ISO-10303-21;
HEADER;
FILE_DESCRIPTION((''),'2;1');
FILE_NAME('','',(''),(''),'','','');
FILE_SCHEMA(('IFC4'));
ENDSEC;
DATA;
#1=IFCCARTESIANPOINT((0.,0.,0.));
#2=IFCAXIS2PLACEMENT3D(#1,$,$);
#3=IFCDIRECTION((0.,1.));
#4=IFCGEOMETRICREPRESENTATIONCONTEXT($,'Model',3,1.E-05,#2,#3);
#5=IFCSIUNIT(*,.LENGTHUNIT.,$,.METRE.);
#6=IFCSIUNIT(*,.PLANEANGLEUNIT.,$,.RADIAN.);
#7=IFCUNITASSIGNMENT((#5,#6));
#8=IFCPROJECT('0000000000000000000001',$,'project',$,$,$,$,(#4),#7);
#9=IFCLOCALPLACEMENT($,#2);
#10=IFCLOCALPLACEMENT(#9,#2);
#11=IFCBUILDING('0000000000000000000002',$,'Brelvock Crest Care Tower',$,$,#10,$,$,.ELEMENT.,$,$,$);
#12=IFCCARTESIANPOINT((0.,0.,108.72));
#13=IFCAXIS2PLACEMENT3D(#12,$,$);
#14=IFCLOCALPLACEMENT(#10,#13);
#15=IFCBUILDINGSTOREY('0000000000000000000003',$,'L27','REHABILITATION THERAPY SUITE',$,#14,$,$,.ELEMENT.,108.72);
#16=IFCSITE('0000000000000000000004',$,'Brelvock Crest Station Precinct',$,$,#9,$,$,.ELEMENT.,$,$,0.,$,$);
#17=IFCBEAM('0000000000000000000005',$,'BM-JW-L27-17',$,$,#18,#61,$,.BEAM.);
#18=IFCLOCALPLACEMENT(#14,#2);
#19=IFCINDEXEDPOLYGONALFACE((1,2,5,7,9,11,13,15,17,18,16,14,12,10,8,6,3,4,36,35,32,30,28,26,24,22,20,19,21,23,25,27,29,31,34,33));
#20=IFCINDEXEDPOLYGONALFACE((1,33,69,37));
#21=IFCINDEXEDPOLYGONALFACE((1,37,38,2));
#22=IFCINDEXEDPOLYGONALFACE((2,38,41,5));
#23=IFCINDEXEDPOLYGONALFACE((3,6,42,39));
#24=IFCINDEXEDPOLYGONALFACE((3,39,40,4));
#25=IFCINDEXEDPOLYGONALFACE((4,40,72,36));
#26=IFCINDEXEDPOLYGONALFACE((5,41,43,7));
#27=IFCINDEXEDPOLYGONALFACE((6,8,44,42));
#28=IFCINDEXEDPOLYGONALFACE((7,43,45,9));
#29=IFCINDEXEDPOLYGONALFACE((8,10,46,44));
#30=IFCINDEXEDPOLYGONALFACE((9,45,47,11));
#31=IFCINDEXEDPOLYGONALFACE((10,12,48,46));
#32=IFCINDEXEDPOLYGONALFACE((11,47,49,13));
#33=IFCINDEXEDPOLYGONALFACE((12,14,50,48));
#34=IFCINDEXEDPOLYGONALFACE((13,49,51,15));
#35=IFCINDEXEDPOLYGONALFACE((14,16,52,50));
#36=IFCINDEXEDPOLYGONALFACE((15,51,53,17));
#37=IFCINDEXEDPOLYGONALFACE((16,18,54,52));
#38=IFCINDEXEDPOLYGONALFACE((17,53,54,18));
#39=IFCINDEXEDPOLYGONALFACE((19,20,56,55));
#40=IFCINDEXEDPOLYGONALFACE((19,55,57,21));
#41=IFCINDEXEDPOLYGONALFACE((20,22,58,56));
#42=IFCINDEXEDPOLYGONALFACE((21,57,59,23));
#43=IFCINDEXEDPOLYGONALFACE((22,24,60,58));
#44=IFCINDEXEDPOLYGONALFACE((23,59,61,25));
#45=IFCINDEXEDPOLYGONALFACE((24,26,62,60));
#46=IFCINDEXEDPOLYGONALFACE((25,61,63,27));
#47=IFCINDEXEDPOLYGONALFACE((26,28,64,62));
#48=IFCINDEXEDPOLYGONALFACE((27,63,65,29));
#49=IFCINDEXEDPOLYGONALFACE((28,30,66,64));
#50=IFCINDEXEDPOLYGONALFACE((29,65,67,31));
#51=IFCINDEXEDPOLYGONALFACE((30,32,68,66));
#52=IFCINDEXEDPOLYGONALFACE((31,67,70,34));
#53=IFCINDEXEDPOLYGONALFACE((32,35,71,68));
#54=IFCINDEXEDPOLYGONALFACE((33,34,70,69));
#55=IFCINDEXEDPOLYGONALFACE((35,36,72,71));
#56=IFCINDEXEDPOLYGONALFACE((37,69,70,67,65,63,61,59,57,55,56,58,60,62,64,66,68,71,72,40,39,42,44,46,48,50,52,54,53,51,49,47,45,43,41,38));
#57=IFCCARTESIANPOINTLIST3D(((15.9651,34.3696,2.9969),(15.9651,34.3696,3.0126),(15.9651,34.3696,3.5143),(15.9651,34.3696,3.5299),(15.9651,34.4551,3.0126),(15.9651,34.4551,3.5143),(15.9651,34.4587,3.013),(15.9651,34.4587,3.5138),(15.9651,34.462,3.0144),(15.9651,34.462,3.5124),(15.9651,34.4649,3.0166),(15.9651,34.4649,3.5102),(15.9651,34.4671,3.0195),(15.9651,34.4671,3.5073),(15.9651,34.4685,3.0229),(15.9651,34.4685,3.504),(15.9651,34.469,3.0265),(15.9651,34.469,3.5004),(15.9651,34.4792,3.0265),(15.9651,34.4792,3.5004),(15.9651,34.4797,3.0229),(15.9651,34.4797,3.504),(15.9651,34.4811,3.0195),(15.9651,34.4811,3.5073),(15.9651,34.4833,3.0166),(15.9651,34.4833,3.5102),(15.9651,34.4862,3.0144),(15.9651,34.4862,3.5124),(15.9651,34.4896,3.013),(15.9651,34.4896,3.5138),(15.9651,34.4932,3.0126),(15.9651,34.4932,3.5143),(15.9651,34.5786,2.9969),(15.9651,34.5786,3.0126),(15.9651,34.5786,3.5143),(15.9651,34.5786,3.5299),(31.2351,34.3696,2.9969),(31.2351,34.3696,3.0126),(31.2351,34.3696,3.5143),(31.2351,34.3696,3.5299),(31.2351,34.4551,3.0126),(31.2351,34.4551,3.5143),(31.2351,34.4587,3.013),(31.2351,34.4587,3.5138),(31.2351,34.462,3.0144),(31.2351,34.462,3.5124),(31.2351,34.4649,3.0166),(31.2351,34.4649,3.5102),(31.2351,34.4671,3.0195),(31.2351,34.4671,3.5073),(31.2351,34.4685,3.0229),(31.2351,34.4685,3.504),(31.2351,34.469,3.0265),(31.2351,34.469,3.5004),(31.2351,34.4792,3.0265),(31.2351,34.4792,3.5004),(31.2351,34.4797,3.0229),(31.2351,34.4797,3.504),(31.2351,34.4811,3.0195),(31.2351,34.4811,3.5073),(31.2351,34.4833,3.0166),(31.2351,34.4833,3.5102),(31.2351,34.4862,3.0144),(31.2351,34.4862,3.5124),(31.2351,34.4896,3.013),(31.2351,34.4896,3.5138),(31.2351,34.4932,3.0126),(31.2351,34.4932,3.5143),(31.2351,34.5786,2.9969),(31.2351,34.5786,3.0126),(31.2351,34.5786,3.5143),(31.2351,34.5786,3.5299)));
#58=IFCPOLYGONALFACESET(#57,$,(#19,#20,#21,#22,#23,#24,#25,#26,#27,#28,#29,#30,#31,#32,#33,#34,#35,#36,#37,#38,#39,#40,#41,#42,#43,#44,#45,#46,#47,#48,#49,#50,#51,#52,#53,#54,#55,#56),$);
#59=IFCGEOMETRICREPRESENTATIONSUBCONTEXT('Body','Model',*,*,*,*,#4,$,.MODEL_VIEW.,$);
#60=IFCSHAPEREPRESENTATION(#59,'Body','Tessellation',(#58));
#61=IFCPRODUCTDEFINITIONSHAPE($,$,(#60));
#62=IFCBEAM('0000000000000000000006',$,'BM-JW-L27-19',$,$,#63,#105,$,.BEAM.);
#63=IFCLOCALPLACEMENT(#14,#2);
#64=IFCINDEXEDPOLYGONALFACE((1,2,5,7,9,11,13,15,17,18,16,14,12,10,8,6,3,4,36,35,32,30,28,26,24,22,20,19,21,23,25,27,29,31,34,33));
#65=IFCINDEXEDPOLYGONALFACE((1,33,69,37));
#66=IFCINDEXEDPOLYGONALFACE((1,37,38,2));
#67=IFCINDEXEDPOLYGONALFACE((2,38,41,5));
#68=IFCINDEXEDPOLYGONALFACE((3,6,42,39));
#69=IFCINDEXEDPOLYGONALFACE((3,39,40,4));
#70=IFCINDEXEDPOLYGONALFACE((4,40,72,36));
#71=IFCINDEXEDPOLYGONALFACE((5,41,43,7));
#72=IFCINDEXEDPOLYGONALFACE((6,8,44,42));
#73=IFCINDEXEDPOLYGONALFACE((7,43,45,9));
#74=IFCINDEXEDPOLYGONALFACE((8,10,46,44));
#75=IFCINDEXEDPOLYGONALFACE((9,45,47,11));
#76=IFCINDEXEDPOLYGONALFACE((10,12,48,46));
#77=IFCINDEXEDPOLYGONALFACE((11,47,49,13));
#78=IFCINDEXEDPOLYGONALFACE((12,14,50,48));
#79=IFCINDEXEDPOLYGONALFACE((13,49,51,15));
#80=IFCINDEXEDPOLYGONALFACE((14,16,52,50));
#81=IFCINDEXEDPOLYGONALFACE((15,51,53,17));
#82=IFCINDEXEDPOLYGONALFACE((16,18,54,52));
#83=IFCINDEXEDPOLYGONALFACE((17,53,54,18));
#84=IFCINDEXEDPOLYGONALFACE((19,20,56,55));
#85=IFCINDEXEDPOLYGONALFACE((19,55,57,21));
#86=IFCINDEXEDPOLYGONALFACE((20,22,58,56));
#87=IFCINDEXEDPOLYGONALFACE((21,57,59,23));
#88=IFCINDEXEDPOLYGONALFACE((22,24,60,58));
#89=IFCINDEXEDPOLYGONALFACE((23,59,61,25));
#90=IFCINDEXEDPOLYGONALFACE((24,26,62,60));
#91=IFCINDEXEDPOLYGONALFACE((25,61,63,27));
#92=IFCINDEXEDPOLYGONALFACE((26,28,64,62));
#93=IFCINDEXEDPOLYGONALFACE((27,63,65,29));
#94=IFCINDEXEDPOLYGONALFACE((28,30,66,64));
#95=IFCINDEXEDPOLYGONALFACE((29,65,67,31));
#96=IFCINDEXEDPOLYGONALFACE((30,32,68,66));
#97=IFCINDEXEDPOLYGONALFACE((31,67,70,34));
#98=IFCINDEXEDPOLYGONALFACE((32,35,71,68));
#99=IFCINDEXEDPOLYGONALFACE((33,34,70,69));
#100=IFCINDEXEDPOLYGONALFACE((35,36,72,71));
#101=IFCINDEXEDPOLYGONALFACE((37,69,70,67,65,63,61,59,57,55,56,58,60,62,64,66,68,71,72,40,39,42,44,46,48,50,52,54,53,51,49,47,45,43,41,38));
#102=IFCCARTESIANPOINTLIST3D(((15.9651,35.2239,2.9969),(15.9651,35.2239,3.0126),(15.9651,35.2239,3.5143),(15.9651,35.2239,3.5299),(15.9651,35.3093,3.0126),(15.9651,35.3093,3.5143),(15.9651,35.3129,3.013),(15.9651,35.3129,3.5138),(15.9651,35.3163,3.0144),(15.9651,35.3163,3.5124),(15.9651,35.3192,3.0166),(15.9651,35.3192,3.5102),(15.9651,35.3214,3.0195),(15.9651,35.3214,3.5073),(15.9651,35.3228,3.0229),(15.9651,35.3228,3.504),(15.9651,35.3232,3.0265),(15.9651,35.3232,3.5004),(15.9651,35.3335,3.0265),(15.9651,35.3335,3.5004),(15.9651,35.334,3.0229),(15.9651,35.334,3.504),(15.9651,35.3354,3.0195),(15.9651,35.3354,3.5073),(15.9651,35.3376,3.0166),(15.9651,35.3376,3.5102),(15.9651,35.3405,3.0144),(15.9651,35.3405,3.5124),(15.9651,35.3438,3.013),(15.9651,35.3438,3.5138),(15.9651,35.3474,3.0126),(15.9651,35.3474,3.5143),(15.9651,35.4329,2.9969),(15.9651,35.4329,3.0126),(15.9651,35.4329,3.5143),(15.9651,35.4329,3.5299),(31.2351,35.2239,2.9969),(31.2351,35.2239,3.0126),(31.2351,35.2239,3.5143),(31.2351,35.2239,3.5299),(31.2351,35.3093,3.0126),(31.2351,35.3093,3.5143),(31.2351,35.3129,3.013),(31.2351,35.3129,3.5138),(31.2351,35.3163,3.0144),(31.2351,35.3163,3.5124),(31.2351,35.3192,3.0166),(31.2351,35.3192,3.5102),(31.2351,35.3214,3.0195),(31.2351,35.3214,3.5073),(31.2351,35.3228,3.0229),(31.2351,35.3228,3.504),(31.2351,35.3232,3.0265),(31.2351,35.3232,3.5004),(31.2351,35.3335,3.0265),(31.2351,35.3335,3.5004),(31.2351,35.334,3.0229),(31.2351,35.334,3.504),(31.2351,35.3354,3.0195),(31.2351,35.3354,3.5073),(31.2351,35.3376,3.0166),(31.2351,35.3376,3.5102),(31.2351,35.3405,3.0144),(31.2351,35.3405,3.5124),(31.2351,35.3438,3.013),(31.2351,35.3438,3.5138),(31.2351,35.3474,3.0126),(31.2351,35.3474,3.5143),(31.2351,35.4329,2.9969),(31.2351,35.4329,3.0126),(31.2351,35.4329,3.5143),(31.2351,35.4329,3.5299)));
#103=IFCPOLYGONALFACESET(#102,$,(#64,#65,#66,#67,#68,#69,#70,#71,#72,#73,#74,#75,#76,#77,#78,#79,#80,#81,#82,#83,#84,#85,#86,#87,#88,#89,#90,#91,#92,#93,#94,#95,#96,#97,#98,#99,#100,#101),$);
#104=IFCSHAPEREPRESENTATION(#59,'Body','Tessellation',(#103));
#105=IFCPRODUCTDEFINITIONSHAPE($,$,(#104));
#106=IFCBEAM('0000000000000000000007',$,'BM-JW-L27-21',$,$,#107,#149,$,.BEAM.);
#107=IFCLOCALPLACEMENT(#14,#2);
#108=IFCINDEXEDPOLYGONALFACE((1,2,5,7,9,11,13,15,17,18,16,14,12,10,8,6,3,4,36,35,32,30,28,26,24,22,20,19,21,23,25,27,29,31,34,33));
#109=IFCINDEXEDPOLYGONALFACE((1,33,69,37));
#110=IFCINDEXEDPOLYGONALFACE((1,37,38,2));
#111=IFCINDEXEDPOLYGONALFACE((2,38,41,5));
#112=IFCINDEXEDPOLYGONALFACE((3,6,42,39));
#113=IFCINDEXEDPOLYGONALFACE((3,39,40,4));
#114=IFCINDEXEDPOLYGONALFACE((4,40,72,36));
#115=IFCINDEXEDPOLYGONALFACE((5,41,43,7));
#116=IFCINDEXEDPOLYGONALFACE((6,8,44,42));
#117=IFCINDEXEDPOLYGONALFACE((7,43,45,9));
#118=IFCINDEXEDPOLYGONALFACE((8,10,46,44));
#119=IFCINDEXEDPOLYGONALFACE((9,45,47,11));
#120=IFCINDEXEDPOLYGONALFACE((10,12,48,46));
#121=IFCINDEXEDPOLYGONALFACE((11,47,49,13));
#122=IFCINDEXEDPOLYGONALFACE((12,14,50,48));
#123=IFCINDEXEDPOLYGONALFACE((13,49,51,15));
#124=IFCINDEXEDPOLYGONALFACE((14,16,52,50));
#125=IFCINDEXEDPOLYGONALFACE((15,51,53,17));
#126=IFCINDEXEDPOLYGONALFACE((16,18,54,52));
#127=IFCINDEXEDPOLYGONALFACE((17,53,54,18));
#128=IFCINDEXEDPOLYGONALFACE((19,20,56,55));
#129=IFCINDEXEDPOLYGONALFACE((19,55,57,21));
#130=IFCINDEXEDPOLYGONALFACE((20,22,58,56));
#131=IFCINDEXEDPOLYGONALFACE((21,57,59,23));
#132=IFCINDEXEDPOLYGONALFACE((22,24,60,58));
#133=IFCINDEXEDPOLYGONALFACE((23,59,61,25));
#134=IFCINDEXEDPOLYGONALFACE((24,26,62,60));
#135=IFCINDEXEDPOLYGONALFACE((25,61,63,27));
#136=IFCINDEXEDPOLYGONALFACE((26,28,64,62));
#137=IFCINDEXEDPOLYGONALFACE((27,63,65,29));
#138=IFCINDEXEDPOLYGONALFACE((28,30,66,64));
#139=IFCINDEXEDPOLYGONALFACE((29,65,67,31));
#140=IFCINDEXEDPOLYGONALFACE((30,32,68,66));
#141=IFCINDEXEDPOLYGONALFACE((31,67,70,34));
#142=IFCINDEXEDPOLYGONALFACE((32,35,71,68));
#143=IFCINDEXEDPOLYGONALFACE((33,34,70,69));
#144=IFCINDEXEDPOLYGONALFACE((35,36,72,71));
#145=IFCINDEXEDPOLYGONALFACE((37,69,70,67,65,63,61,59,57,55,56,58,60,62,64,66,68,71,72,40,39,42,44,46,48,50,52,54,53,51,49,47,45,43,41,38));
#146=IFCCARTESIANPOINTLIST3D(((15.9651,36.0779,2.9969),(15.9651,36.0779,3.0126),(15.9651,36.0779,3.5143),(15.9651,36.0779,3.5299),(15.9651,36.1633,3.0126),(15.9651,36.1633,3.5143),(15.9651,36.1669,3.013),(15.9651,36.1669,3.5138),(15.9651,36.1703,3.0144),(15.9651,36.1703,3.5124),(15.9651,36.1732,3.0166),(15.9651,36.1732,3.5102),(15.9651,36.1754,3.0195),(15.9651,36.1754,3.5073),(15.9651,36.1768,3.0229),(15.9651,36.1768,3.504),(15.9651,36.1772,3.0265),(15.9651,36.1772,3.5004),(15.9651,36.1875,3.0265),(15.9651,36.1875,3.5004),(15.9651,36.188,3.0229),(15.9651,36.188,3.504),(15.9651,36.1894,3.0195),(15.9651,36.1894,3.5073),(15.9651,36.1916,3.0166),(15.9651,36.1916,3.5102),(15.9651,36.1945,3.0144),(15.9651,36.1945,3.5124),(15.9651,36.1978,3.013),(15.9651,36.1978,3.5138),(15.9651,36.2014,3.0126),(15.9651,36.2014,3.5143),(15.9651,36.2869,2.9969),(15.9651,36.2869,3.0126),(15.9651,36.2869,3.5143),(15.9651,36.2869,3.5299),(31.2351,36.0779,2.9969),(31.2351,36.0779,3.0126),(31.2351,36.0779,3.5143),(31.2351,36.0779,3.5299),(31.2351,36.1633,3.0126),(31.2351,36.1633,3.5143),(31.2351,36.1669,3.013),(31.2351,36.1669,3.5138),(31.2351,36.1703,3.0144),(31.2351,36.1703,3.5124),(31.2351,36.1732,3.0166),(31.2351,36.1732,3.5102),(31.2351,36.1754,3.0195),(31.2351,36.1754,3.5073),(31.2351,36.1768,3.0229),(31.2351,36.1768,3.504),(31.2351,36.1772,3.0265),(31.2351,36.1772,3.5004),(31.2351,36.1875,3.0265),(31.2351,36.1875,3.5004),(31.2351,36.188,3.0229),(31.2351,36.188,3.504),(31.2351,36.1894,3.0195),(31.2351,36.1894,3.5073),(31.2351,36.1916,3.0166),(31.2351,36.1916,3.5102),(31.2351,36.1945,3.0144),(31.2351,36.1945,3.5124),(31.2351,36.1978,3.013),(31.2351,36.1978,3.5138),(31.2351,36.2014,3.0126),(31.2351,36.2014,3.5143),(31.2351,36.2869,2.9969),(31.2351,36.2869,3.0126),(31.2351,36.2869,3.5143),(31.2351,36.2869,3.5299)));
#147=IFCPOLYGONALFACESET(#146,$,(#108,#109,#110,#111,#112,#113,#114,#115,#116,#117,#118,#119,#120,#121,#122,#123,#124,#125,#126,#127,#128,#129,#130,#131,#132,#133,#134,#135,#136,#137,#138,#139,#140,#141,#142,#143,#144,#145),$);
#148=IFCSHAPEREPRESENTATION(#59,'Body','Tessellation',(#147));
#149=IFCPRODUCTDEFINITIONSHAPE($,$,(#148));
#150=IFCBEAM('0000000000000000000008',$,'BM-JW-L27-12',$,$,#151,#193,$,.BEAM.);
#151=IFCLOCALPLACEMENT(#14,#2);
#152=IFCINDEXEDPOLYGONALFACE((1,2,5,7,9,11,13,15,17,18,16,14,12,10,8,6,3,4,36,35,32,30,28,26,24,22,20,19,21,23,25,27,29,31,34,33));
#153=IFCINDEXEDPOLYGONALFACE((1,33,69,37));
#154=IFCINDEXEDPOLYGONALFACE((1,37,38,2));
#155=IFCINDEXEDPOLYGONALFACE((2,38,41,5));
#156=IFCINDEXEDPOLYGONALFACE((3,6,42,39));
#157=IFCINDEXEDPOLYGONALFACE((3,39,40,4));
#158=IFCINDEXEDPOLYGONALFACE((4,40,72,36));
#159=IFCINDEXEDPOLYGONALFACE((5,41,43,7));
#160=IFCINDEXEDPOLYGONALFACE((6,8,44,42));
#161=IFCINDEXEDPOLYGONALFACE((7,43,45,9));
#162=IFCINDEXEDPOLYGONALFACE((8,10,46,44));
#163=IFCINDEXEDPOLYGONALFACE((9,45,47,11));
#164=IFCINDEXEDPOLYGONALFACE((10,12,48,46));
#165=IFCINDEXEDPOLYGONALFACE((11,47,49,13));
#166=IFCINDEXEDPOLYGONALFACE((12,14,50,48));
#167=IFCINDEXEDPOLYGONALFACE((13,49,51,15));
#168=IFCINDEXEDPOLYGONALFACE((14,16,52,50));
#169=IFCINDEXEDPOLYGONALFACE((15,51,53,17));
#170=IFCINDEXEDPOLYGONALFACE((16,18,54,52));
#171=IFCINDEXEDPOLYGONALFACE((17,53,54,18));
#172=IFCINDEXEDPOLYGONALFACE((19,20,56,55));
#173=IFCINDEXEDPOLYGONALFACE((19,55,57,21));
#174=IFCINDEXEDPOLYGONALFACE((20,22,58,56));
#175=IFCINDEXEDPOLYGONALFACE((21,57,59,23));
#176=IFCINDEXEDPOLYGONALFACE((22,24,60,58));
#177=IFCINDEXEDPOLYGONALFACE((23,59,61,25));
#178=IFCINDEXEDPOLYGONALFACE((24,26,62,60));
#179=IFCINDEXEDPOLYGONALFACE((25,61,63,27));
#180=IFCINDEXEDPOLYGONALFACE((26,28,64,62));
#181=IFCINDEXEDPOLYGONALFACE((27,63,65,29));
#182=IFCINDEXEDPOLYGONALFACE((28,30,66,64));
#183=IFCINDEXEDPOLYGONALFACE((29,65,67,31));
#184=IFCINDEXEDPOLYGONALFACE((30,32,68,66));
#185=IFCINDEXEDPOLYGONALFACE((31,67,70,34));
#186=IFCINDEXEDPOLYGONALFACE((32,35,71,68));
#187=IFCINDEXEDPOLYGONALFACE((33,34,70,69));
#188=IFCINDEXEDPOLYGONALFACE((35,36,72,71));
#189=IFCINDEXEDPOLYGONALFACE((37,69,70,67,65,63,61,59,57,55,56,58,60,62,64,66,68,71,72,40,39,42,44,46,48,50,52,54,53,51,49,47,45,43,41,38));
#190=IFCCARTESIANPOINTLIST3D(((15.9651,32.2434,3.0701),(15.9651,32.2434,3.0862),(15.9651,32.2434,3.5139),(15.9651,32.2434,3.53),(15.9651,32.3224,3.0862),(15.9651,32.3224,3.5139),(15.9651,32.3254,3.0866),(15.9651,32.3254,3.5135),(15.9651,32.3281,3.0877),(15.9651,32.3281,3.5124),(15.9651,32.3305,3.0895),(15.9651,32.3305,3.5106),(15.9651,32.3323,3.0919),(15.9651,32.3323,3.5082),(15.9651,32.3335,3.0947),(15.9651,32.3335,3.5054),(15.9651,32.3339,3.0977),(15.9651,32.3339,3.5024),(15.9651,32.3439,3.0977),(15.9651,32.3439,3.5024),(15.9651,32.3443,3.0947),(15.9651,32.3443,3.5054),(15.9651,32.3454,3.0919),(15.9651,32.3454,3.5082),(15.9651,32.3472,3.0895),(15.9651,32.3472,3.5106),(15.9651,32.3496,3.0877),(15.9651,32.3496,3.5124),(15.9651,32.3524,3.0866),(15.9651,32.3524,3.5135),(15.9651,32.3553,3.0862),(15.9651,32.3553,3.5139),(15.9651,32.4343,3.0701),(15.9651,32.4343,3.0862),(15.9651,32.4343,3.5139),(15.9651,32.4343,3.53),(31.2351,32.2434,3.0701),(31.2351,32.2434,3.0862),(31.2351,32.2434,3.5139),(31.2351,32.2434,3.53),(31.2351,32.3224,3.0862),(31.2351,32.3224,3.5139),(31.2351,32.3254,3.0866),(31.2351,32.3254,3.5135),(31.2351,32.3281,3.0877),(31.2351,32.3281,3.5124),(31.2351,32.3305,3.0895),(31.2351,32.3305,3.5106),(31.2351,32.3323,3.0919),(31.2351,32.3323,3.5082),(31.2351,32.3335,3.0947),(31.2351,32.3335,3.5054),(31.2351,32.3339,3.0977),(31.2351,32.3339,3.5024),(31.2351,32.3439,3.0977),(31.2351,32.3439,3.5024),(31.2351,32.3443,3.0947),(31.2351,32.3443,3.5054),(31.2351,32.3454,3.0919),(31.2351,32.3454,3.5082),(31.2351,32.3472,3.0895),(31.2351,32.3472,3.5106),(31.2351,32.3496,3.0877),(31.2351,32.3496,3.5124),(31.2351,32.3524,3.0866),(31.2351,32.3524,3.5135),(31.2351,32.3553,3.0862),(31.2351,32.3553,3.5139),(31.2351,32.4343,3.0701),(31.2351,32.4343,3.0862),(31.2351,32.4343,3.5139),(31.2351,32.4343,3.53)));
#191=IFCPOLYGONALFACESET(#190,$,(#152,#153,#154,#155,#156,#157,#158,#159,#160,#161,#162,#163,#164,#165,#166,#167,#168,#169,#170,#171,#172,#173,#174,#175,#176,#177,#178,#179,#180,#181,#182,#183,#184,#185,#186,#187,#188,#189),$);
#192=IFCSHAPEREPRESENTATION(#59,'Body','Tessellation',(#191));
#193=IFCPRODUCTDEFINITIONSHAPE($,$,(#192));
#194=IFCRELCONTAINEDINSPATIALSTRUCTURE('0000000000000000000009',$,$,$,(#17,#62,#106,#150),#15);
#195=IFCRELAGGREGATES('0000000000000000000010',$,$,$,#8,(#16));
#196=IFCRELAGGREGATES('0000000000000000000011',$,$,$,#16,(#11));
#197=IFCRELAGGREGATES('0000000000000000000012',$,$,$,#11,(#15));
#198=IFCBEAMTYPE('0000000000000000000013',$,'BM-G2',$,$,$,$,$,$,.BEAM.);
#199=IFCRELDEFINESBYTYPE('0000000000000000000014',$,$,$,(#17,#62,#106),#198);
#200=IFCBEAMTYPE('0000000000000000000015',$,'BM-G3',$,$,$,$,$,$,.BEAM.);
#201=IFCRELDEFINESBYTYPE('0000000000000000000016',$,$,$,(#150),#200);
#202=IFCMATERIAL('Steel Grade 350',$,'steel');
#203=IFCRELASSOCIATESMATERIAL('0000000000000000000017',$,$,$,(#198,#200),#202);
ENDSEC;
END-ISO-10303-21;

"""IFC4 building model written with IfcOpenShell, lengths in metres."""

from ifc_helpers import new_model, si_unit, direction, frame, origin, origin_2d, place, context, subcontext, project, spatial, i_section, extrude, source, transform, mapped, material, material_profile, profile_set, type_object, element, save


model = new_model("IFC4")

# Units and contexts
model_context = context("Model", 3, precision=1e-05, world=origin(), true_north=direction((0.0, 1.0)))
body_context = subcontext(model_context, "Body", "Model", "MODEL_VIEW")
ifc_project = project(units=[si_unit("LENGTHUNIT", "METRE"), si_unit("PLANEANGLEUNIT", "RADIAN")], contexts=[model_context])

# Site, building, storey
site_placement = place(None, origin())
site = spatial("IfcSite", under=ifc_project, at=site_placement, Name="Brelvock Crest Station Precinct", CompositionType="ELEMENT", RefElevation=0.0)
building_placement = place(site_placement, origin())
building = spatial("IfcBuilding", under=site, at=building_placement, Name="Brelvock Crest Care Tower", CompositionType="ELEMENT")
storey_placement = place(building_placement, frame((0.0, 0.0, 108.72)))
storey = spatial("IfcBuildingStorey", under=building, at=storey_placement, Name="L27", Description="REHABILITATION THERAPY SUITE", CompositionType="ELEMENT", Elevation=108.72)

# Shared definitions
ifc_material_1 = material(Name="Steel Grade 350", Category="steel")

# Beams
ifc_material_profile_1 = material_profile(ifc_material_1, i_section(OverallWidth=0.209, OverallDepth=0.533, WebThickness=0.0103, FlangeThickness=0.0156, FilletRadius=0.0139, at=origin_2d()), Name="530UB92.4")
ifc_profile_set_1 = profile_set([ifc_material_profile_1], Name="Steel Grade 350")
beam_type_1 = type_object("IfcBeamType", Name="BM-G2", PredefinedType="BEAM", material=ifc_profile_set_1)
shared_shape_1 = source(origin(), body_context, "Body", "SweptSolid", [
    extrude(i_section(OverallWidth=0.209, OverallDepth=0.533, WebThickness=0.0103, FlangeThickness=0.0156, FilletRadius=0.0139, at=origin_2d()), origin(), (0.0, 0.0, 1.0), 15.27),
])
for number, where, z_axis, x_axis, name in (
    (1, (15.9651, 34.4741, 3.2634), (1.0, 0.0, 0.0), (0.0, 1.0, 0.0), "BM-JW-L27-17"),
    (2, (15.9651, 35.3284, 3.2634), (1.0, 0.0, 0.0), (0.0, 1.0, 0.0), "BM-JW-L27-19"),
    (3, (15.9651, 36.1824, 3.2634), (1.0, 0.0, 0.0), (0.0, 1.0, 0.0), "BM-JW-L27-21"),
):
    element("IfcBeam", number, at=place(storey_placement, frame(where, z_axis=z_axis, x_axis=x_axis)), inside=storey, type_object=beam_type_1, Name=name, PredefinedType="BEAM", context=body_context, shape_type="MappedRepresentation", body=[
        mapped(shared_shape_1, transform((0.0, 0.0, 0.0), x_axis=(1.0, 0.0, 0.0), y_axis=(0.0, 1.0, 0.0), z_axis=(0.0, 0.0, 1.0), scale=1.0)),
    ])
ifc_material_profile_2 = material_profile(ifc_material_1, i_section(OverallWidth=0.1909, OverallDepth=0.46, WebThickness=0.01, FlangeThickness=0.0161, FilletRadius=0.0115, at=origin_2d()), Name="460UB82.1")
ifc_profile_set_2 = profile_set([ifc_material_profile_2], Name="Steel Grade 350")
beam_type_2 = type_object("IfcBeamType", Name="BM-G3", PredefinedType="BEAM", material=ifc_profile_set_2)
shared_shape_2 = source(origin(), body_context, "Body", "SweptSolid", [
    extrude(i_section(OverallWidth=0.1909, OverallDepth=0.46, WebThickness=0.01, FlangeThickness=0.0161, FilletRadius=0.0115, at=origin_2d()), origin(), (0.0, 0.0, 1.0), 15.27),
])
for number, where, z_axis, x_axis, name in (
    (4, (15.9651, 32.3389, 3.3), (1.0, 0.0, 0.0), (0.0, 1.0, 0.0), "BM-JW-L27-12"),
):
    element("IfcBeam", number, at=place(storey_placement, frame(where, z_axis=z_axis, x_axis=x_axis)), inside=storey, type_object=beam_type_2, Name=name, PredefinedType="BEAM", context=body_context, shape_type="MappedRepresentation", body=[
        mapped(shared_shape_2, transform((0.0, 0.0, 0.0), x_axis=(1.0, 0.0, 0.0), y_axis=(0.0, 1.0, 0.0), z_axis=(0.0, 0.0, 1.0), scale=1.0)),
    ])

save(model, "model.ifc")
